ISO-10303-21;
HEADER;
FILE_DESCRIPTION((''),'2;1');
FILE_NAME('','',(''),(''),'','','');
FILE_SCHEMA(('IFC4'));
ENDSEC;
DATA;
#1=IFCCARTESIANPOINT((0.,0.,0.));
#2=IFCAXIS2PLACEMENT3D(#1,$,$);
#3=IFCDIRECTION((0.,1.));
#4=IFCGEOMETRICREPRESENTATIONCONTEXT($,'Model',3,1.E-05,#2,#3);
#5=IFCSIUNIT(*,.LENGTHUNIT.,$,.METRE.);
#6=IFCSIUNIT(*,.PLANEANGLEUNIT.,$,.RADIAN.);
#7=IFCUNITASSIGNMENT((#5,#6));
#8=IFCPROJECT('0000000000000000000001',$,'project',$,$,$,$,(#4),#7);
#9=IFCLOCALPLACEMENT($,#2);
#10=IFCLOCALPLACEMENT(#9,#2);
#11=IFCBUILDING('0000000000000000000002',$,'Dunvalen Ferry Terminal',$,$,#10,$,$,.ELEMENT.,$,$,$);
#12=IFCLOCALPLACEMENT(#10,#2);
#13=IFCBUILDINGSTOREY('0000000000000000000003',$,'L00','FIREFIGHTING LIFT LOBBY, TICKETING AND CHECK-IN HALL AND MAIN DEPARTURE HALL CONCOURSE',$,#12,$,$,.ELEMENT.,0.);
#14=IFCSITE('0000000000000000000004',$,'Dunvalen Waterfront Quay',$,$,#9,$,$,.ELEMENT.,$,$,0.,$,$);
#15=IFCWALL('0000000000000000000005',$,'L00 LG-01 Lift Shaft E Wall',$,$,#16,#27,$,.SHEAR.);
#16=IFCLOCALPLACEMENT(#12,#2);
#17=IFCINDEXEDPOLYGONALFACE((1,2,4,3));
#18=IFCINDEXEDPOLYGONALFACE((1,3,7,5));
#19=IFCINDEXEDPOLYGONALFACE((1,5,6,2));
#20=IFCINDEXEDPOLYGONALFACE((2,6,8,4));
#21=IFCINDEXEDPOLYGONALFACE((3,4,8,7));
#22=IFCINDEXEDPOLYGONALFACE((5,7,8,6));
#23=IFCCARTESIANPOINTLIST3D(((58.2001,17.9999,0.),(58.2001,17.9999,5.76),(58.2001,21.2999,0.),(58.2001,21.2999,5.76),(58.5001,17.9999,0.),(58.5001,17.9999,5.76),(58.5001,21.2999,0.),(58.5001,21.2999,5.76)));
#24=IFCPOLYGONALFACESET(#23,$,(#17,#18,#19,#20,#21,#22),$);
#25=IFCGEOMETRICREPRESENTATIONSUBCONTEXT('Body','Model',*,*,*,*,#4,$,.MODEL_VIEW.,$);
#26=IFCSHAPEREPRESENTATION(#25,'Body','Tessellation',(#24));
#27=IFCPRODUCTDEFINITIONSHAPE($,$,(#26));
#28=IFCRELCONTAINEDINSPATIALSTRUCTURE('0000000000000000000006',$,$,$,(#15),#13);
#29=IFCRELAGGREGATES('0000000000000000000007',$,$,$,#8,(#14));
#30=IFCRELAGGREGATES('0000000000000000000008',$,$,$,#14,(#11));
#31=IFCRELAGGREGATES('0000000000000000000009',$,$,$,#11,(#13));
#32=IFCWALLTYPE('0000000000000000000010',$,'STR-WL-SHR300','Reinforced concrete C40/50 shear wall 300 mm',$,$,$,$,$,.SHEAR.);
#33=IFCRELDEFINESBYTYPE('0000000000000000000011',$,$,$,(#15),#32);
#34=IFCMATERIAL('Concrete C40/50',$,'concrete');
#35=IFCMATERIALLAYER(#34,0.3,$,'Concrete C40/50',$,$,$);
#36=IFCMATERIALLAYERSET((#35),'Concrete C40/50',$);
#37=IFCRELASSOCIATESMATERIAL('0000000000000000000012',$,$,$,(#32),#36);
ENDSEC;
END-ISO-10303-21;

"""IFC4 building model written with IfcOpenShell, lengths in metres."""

from ifc_helpers import new_model, si_unit, direction, frame, frame_2d, origin, place, context, subcontext, project, spatial, rectangle, extrude, material, layer, layer_set, type_object, element, save


model = new_model("IFC4")

# Units and contexts
model_context = context("Model", 3, precision=1e-05, world=origin(), true_north=direction((0.0, 1.0)))
body_context = subcontext(model_context, "Body", "Model", "MODEL_VIEW")
ifc_project = project(units=[si_unit("LENGTHUNIT", "METRE"), si_unit("PLANEANGLEUNIT", "RADIAN")], contexts=[model_context])

# Site, building, storey
site_placement = place(None, origin())
site = spatial("IfcSite", under=ifc_project, at=site_placement, Name="Dunvalen Waterfront Quay", CompositionType="ELEMENT", RefElevation=0.0)
building_placement = place(site_placement, origin())
building = spatial("IfcBuilding", under=site, at=building_placement, Name="Dunvalen Ferry Terminal", CompositionType="ELEMENT")
storey_placement = place(building_placement, origin())
storey = spatial("IfcBuildingStorey", under=building, at=storey_placement, Name="L00", Description="FIREFIGHTING LIFT LOBBY, TICKETING AND CHECK-IN HALL AND MAIN DEPARTURE HALL CONCOURSE", CompositionType="ELEMENT", Elevation=0.0)

# Shared definitions
ifc_material_1 = material(Name="Concrete C40/50", Category="concrete")

# Shared definitions
ifc_layer_1 = layer(ifc_material_1, 0.3, Name="Concrete C40/50")
ifc_layer_set_1 = layer_set([ifc_layer_1], Name="Concrete C40/50")
wall_type_1 = type_object("IfcWallType", Name="STR-WL-SHR300", Description="Reinforced concrete C40/50 shear wall 300 mm", PredefinedType="SHEAR", material=ifc_layer_set_1)

# Wall
for number, where, z_axis, x_axis, name in (
    (1, (58.3501, 18.0, 0.0), (0.0, 0.0, 1.0), (0.0, 1.0, 0.0), "L00 LG-01 Lift Shaft E Wall"),
):
    element("IfcWall", number, at=place(storey_placement, frame(where, z_axis=z_axis, x_axis=x_axis)), inside=storey, type_object=wall_type_1, Name=name, PredefinedType="SHEAR", context=body_context, shape_type="SweptSolid", body=[
        extrude(rectangle(XDim=3.3, YDim=0.3, at=frame_2d((1.6499, 0.0))), origin(), (0.0, 0.0, 1.0), 5.76),
    ])

save(model, "model.ifc")
